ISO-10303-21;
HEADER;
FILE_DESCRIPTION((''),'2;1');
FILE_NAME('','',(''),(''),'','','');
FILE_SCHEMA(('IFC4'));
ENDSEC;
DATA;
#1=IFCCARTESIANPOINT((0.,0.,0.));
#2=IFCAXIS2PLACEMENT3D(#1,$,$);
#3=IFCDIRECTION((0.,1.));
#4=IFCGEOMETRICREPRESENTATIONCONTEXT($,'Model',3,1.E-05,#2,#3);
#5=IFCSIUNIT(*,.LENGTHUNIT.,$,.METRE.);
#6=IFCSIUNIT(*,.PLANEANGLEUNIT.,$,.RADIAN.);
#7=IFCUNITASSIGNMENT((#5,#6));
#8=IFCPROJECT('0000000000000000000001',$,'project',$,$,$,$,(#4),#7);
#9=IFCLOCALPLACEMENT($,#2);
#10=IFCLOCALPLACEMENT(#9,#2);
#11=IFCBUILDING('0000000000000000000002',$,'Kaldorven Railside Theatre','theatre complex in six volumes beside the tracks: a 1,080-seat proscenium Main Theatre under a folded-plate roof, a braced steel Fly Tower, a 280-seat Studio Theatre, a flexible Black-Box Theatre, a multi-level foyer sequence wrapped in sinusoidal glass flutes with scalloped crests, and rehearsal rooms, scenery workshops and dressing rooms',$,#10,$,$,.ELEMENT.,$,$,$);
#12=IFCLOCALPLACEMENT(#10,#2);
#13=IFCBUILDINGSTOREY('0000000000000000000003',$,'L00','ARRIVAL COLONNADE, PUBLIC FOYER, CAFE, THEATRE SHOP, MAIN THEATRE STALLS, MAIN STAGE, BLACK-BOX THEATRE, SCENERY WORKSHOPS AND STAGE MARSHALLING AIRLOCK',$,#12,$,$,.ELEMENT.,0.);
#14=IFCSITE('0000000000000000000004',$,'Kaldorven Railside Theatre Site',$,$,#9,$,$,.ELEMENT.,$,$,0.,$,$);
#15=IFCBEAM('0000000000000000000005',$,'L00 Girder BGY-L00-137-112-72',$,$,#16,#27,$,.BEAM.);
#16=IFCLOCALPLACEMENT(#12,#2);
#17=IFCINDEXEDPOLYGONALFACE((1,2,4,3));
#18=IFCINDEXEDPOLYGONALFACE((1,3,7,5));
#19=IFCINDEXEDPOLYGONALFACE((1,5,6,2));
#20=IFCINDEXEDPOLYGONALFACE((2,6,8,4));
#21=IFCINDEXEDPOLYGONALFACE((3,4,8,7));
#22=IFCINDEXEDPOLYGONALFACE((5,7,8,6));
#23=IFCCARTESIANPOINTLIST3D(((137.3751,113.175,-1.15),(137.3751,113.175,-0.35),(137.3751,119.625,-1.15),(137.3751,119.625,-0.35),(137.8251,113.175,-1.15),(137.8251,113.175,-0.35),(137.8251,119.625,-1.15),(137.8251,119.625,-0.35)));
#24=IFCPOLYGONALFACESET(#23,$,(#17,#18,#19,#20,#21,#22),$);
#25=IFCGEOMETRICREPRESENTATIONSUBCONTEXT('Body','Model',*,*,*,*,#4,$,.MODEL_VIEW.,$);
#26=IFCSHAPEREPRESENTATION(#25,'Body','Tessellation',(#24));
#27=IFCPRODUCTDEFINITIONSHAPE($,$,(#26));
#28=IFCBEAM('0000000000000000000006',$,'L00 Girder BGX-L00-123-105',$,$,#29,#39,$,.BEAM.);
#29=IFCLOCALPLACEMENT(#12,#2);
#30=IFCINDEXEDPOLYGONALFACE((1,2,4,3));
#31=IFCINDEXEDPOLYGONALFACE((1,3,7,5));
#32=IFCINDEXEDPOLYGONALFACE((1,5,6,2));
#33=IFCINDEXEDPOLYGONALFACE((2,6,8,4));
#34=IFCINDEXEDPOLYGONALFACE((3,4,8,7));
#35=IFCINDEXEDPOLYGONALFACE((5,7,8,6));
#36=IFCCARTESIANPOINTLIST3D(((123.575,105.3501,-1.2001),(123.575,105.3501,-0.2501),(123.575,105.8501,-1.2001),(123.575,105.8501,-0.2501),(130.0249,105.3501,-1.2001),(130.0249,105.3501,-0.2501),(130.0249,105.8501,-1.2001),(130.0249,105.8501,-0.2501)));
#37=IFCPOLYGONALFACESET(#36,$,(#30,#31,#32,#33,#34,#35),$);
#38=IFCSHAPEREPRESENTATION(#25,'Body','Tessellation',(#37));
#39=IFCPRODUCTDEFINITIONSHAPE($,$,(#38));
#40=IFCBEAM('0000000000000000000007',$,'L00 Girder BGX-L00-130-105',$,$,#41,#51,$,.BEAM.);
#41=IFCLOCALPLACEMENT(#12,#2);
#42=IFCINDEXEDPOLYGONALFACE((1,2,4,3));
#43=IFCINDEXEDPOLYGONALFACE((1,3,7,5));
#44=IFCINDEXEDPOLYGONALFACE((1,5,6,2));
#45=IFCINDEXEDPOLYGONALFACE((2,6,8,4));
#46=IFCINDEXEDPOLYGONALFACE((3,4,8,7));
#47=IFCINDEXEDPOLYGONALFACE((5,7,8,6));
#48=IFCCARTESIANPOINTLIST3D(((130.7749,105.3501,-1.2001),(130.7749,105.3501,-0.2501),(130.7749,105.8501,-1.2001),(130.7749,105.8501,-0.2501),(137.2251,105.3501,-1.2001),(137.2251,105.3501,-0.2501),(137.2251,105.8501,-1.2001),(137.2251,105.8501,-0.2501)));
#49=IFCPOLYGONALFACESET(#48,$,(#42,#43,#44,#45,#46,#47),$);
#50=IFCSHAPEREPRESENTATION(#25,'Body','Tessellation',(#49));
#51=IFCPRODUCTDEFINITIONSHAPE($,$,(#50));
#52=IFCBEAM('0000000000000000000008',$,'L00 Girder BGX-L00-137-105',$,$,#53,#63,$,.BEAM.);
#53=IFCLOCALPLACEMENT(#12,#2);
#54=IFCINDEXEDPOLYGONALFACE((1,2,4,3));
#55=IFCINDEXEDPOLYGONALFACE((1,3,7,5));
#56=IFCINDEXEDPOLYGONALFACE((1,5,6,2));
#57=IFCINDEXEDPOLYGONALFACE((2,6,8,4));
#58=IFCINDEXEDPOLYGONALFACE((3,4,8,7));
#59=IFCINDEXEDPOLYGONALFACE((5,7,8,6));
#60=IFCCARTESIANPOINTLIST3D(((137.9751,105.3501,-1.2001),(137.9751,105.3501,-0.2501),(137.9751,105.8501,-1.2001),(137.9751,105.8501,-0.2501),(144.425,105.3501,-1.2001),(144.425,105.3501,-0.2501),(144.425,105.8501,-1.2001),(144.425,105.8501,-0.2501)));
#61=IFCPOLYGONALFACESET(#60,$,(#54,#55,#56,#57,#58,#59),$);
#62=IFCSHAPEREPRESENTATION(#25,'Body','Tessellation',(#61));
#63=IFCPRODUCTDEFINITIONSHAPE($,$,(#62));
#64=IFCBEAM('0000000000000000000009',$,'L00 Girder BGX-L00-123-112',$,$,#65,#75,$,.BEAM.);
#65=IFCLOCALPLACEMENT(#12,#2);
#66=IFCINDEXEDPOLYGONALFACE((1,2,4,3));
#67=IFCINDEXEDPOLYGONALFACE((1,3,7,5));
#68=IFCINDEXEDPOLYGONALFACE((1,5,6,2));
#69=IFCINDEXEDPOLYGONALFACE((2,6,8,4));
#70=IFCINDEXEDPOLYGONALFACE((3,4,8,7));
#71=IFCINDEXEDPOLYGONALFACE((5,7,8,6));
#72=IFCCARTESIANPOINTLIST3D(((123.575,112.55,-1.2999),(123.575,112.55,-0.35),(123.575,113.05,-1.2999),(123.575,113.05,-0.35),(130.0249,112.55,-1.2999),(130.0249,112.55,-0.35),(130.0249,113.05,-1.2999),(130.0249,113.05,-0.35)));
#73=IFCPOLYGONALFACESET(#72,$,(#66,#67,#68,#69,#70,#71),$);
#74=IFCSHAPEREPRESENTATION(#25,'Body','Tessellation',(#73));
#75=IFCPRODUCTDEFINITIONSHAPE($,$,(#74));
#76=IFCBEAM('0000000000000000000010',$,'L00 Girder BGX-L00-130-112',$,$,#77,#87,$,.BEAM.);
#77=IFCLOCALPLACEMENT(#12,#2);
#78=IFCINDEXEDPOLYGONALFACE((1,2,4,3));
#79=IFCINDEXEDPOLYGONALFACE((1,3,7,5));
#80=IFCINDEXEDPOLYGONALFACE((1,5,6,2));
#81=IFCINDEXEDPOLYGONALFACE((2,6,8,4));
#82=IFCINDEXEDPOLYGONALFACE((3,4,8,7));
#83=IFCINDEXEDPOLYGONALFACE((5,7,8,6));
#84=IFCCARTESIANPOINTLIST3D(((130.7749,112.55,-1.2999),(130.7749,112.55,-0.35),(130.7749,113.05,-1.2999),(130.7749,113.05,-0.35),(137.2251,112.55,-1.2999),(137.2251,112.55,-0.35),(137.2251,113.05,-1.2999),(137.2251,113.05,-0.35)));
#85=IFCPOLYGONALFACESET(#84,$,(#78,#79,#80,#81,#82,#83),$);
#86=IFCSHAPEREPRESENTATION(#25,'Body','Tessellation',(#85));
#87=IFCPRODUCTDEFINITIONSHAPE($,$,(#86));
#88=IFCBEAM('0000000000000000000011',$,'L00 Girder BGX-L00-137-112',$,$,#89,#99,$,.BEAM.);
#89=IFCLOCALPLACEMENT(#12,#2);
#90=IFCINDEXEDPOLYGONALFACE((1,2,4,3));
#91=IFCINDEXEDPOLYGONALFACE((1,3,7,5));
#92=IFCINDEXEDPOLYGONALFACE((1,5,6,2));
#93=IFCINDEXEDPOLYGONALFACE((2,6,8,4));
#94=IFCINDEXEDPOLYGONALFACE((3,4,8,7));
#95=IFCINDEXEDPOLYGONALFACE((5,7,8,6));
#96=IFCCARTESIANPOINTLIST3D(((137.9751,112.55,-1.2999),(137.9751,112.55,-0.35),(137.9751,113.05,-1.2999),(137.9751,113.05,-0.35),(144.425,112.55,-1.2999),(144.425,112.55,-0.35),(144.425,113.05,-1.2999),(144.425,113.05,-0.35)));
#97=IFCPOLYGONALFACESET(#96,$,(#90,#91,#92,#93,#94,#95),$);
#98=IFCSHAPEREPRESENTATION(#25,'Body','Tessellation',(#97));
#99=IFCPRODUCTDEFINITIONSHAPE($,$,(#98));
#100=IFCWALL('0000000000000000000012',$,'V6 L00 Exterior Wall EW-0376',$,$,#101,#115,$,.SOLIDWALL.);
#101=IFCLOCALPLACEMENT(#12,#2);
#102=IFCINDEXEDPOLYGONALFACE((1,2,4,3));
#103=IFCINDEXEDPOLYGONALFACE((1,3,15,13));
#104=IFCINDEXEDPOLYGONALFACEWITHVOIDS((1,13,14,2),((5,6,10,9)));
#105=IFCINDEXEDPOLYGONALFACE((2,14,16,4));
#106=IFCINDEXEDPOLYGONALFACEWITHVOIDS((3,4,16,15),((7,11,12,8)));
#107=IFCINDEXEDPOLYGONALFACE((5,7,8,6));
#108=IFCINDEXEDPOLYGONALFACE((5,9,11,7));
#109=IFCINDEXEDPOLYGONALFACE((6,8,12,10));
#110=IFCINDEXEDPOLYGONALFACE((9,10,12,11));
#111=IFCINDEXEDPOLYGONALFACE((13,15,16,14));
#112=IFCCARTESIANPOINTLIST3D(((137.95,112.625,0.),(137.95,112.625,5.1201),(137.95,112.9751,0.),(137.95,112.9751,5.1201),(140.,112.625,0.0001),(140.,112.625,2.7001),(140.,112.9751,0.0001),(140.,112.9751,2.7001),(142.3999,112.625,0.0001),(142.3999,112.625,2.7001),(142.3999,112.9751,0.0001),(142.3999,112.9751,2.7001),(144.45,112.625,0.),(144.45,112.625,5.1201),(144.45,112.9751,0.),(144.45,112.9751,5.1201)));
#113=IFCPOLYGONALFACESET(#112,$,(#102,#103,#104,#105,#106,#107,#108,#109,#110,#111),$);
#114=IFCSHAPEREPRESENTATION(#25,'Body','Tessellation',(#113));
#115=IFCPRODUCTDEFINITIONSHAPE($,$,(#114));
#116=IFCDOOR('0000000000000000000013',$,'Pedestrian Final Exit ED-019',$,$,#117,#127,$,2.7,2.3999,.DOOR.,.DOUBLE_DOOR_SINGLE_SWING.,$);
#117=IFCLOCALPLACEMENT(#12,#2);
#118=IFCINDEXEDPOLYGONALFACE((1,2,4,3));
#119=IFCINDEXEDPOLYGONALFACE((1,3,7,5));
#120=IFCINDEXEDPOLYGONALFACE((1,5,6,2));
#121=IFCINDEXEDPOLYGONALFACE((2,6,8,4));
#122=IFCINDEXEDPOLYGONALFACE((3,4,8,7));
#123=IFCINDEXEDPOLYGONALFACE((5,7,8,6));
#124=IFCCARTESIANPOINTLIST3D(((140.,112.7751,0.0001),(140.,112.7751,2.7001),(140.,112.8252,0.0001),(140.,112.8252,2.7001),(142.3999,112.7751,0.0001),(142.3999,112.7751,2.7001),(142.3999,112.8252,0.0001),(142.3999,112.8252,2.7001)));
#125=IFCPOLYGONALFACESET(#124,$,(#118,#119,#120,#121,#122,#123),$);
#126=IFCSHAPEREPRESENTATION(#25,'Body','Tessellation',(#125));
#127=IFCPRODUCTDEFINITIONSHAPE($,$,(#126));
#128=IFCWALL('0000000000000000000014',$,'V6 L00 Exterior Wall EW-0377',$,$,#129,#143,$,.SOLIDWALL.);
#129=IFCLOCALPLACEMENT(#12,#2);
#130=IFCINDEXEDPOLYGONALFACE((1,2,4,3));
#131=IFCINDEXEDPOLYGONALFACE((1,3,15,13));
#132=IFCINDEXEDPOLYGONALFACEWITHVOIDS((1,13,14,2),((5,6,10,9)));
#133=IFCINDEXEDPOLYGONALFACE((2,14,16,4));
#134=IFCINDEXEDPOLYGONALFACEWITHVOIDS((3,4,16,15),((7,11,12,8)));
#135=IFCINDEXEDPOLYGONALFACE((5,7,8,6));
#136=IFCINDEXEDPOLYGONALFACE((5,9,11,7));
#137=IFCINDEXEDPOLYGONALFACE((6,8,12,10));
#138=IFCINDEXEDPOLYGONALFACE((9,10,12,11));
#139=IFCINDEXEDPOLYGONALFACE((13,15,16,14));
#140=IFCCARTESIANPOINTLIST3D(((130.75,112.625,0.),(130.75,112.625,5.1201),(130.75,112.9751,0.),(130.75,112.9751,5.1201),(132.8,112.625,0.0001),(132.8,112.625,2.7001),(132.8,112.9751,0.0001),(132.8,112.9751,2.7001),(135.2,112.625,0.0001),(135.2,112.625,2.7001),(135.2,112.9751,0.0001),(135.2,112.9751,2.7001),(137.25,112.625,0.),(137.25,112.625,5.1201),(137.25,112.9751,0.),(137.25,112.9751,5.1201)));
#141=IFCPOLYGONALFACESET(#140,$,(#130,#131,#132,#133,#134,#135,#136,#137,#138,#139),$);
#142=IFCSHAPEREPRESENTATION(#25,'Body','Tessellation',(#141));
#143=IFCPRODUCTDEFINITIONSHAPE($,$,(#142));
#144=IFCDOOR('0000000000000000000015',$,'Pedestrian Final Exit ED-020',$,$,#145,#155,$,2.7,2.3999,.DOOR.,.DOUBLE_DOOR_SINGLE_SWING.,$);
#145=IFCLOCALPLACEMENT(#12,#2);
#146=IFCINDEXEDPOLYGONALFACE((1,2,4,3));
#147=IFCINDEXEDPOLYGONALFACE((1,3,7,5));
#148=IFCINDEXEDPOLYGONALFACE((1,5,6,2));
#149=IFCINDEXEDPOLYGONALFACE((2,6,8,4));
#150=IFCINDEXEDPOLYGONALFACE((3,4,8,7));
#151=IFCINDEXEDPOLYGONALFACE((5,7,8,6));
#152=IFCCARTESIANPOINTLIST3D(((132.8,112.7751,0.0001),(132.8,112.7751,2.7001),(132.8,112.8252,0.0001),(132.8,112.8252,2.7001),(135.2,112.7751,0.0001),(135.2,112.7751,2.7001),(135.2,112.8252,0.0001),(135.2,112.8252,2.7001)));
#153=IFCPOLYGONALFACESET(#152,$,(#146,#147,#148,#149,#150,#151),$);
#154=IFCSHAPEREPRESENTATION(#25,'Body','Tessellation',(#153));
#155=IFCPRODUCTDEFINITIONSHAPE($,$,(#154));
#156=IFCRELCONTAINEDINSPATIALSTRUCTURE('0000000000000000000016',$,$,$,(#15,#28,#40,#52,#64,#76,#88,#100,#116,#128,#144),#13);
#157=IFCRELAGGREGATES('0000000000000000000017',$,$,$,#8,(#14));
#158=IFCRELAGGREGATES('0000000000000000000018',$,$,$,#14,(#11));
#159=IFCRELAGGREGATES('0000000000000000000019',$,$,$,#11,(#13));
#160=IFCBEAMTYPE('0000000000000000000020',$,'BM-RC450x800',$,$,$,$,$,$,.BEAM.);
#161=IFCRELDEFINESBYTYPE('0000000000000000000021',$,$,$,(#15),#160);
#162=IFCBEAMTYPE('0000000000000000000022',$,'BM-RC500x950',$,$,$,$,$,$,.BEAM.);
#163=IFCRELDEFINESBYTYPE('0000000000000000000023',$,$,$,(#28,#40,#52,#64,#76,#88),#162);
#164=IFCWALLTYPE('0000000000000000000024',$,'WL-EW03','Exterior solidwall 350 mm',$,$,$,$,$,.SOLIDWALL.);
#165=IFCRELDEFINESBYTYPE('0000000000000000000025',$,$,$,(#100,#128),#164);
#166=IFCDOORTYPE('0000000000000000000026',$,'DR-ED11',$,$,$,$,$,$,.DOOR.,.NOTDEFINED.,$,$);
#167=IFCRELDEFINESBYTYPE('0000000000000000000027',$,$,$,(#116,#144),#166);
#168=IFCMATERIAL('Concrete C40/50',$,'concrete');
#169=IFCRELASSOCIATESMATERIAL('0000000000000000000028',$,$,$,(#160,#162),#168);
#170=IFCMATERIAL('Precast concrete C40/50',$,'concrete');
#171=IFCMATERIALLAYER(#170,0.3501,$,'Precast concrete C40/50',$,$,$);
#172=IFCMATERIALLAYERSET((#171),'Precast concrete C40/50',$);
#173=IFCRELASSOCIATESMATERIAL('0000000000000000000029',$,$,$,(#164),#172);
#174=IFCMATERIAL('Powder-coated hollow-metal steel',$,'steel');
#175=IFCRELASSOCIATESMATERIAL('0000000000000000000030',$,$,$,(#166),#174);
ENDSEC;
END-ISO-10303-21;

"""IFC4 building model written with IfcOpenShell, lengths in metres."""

from ifc_helpers import new_model, si_unit, direction, frame, frame_2d, origin, origin_2d, place, context, subcontext, project, spatial, rectangle, extrude, material, layer, layer_set, material_profile, profile_set, type_object, element, fill, save


model = new_model("IFC4")

# Units and contexts
model_context = context("Model", 3, precision=1e-05, world=origin(), true_north=direction((0.0, 1.0)))
body_context = subcontext(model_context, "Body", "Model", "MODEL_VIEW")
ifc_project = project(units=[si_unit("LENGTHUNIT", "METRE"), si_unit("PLANEANGLEUNIT", "RADIAN")], contexts=[model_context])

# Site, building, storey
site_placement = place(None, origin())
site = spatial("IfcSite", under=ifc_project, at=site_placement, Name="Kaldorven Railside Theatre Site", CompositionType="ELEMENT", RefElevation=0.0)
building_placement = place(site_placement, origin())
building = spatial("IfcBuilding", under=site, at=building_placement, Name="Kaldorven Railside Theatre", Description="theatre complex in six volumes beside the tracks: a 1,080-seat proscenium Main Theatre under a folded-plate roof, a braced steel Fly Tower, a 280-seat Studio Theatre, a flexible Black-Box Theatre, a multi-level foyer sequence wrapped in sinusoidal glass flutes with scalloped crests, and rehearsal rooms, scenery workshops and dressing rooms", CompositionType="ELEMENT")
storey_placement = place(building_placement, origin())
storey = spatial("IfcBuildingStorey", under=building, at=storey_placement, Name="L00", Description="ARRIVAL COLONNADE, PUBLIC FOYER, CAFE, THEATRE SHOP, MAIN THEATRE STALLS, MAIN STAGE, BLACK-BOX THEATRE, SCENERY WORKSHOPS AND STAGE MARSHALLING AIRLOCK", CompositionType="ELEMENT", Elevation=0.0)

# Shared definitions
ifc_material_1 = material(Name="Concrete C40/50", Category="concrete")

# Beams
ifc_material_profile_1 = material_profile(ifc_material_1, rectangle(XDim=0.45, YDim=0.8, at=origin_2d()), Name="RC 450x800")
ifc_profile_set_1 = profile_set([ifc_material_profile_1], Name="Concrete C40/50")
beam_type_1 = type_object("IfcBeamType", Name="BM-RC450x800", PredefinedType="BEAM", material=ifc_profile_set_1)
for number, where, z_axis, x_axis, name in (
    (1, (137.6001, 113.175, -0.75), (0.0, 1.0, 0.0), (-1.0, 0.0, 0.0), "L00 Girder BGY-L00-137-112-72"),
):
    element("IfcBeam", number, at=place(storey_placement, frame(where, z_axis=z_axis, x_axis=x_axis)), inside=storey, type_object=beam_type_1, Name=name, PredefinedType="BEAM", context=body_context, shape_type="SweptSolid", body=[
        extrude(rectangle(XDim=0.45, YDim=0.8, at=origin_2d()), origin(), (0.0, 0.0, 1.0), 6.45),
    ])
ifc_material_profile_2 = material_profile(ifc_material_1, rectangle(XDim=0.5, YDim=0.95, at=origin_2d()), Name="RC 500x950")
ifc_profile_set_2 = profile_set([ifc_material_profile_2], Name="Concrete C40/50")
beam_type_2 = type_object("IfcBeamType", Name="BM-RC500x950", PredefinedType="BEAM", material=ifc_profile_set_2)
beam_1_placement = place(storey_placement, frame((123.575, 105.6001, -0.7251), z_axis=(1.0, 0.0, 0.0), x_axis=(0.0, 1.0, 0.0)))
element("IfcBeam", 2, at=beam_1_placement, inside=storey, type_object=beam_type_2, Name="L00 Girder BGX-L00-123-105", PredefinedType="BEAM", context=body_context, shape_type="SweptSolid", body=[
    extrude(rectangle(XDim=0.5, YDim=0.95, at=origin_2d()), origin(), (0.0, 0.0, 1.0), 6.45),
])
beam_2_placement = place(storey_placement, frame((130.7749, 105.6001, -0.7251), z_axis=(1.0, 0.0, 0.0), x_axis=(0.0, 1.0, 0.0)))
element("IfcBeam", 3, at=beam_2_placement, inside=storey, type_object=beam_type_2, Name="L00 Girder BGX-L00-130-105", PredefinedType="BEAM", context=body_context, shape_type="SweptSolid", body=[
    extrude(rectangle(XDim=0.5, YDim=0.95, at=origin_2d()), origin(), (0.0, 0.0, 1.0), 6.4502),
])
for number, where, z_axis, x_axis, name in (
    (4, (137.9751, 105.6001, -0.7251), (1.0, 0.0, 0.0), (0.0, 1.0, 0.0), "L00 Girder BGX-L00-137-105"),
    (5, (123.575, 112.8, -0.825), (1.0, 0.0, 0.0), (0.0, 1.0, 0.0), "L00 Girder BGX-L00-123-112"),
):
    element("IfcBeam", number, at=place(storey_placement, frame(where, z_axis=z_axis, x_axis=x_axis)), inside=storey, type_object=beam_type_2, Name=name, PredefinedType="BEAM", context=body_context, shape_type="SweptSolid", body=[
        extrude(rectangle(XDim=0.5, YDim=0.95, at=origin_2d()), origin(), (0.0, 0.0, 1.0), 6.45),
    ])
beam_3_placement = place(storey_placement, frame((130.7749, 112.8, -0.825), z_axis=(1.0, 0.0, 0.0), x_axis=(0.0, 1.0, 0.0)))
element("IfcBeam", 6, at=beam_3_placement, inside=storey, type_object=beam_type_2, Name="L00 Girder BGX-L00-130-112", PredefinedType="BEAM", context=body_context, shape_type="SweptSolid", body=[
    extrude(rectangle(XDim=0.5, YDim=0.95, at=origin_2d()), origin(), (0.0, 0.0, 1.0), 6.4502),
])
beam_4_placement = place(storey_placement, frame((137.9751, 112.8, -0.825), z_axis=(1.0, 0.0, 0.0), x_axis=(0.0, 1.0, 0.0)))
element("IfcBeam", 7, at=beam_4_placement, inside=storey, type_object=beam_type_2, Name="L00 Girder BGX-L00-137-112", PredefinedType="BEAM", context=body_context, shape_type="SweptSolid", body=[
    extrude(rectangle(XDim=0.5, YDim=0.95, at=origin_2d()), origin(), (0.0, 0.0, 1.0), 6.45),
])

# Walls, openings, doors
ifc_material_2 = material(Name="Precast concrete C40/50", Category="concrete")
ifc_layer_1 = layer(ifc_material_2, 0.3501, Name="Precast concrete C40/50")
ifc_layer_set_1 = layer_set([ifc_layer_1], Name="Precast concrete C40/50")
wall_type_1 = type_object("IfcWallType", Name="WL-EW03", Description="Exterior solidwall 350 mm", PredefinedType="SOLIDWALL", material=ifc_layer_set_1)
wall_1_placement = place(storey_placement, frame((144.45, 112.8, 0.0), z_axis=(0.0, 0.0, 1.0), x_axis=(-1.0, 0.0, 0.0)))
wall_1 = element("IfcWall", 8, at=wall_1_placement, inside=storey, type_object=wall_type_1, Name="V6 L00 Exterior Wall EW-0376", PredefinedType="SOLIDWALL", context=body_context, shape_type="SweptSolid", body=[
    extrude(rectangle(XDim=6.5, YDim=0.3501, at=frame_2d((3.25, 0.0))), origin(), (0.0, 0.0, 1.0), 5.1201),
])
opening_1_placement = place(wall_1_placement, frame((2.05, 0.0, 0.0)))
opening_1 = element("IfcOpeningElement", 9, at=opening_1_placement, cuts=wall_1, PredefinedType="OPENING", context=body_context, shape_type="SweptSolid", body=[
    extrude(rectangle(XDim=2.3999, YDim=2.7, at=frame_2d((1.2, 1.3501))), frame((0.0, 0.1851, 0.0), z_axis=(0.0, -1.0, 0.0), x_axis=(1.0, 0.0, 0.0)), (0.0, 0.0, 1.0), 0.3701),
])
ifc_material_3 = material(Name="Powder-coated hollow-metal steel", Category="steel")
door_type_1 = type_object("IfcDoorType", Name="DR-ED11", OperationType="NOTDEFINED", PredefinedType="DOOR", material=ifc_material_3)
door_1_placement = place(opening_1_placement, origin())
door_1 = element("IfcDoor", 10, at=door_1_placement, inside=storey, type_object=door_type_1, Name="Pedestrian Final Exit ED-019", OperationType="DOUBLE_DOOR_SINGLE_SWING", OverallHeight=2.7, OverallWidth=2.3999, PredefinedType="DOOR", context=body_context, shape_type="SweptSolid", body=[
    extrude(rectangle(XDim=2.3999, YDim=2.7, at=frame_2d((1.2, 1.3501))), frame((0.0, 0.0249, 0.0), z_axis=(0.0, -1.0, 0.0), x_axis=(1.0, 0.0, 0.0)), (0.0, 0.0, 1.0), 0.05),
])
fill(opening_1, door_1)
wall_2_placement = place(storey_placement, frame((137.25, 112.8, 0.0), z_axis=(0.0, 0.0, 1.0), x_axis=(-1.0, 0.0, 0.0)))
wall_2 = element("IfcWall", 11, at=wall_2_placement, inside=storey, type_object=wall_type_1, Name="V6 L00 Exterior Wall EW-0377", PredefinedType="SOLIDWALL", context=body_context, shape_type="SweptSolid", body=[
    extrude(rectangle(XDim=6.5, YDim=0.3501, at=frame_2d((3.25, 0.0))), origin(), (0.0, 0.0, 1.0), 5.1201),
])
opening_2_placement = place(wall_2_placement, frame((2.05, 0.0, 0.0)))
opening_2 = element("IfcOpeningElement", 12, at=opening_2_placement, cuts=wall_2, PredefinedType="OPENING", context=body_context, shape_type="SweptSolid", body=[
    extrude(rectangle(XDim=2.3999, YDim=2.7, at=frame_2d((1.2, 1.3501))), frame((0.0, 0.1851, 0.0), z_axis=(0.0, -1.0, 0.0), x_axis=(1.0, 0.0, 0.0)), (0.0, 0.0, 1.0), 0.3701),
])
door_2_placement = place(opening_2_placement, origin())
door_2 = element("IfcDoor", 13, at=door_2_placement, inside=storey, type_object=door_type_1, Name="Pedestrian Final Exit ED-020", OperationType="DOUBLE_DOOR_SINGLE_SWING", OverallHeight=2.7, OverallWidth=2.3999, PredefinedType="DOOR", context=body_context, shape_type="SweptSolid", body=[
    extrude(rectangle(XDim=2.3999, YDim=2.7, at=frame_2d((1.2, 1.3501))), frame((0.0, 0.0249, 0.0), z_axis=(0.0, -1.0, 0.0), x_axis=(1.0, 0.0, 0.0)), (0.0, 0.0, 1.0), 0.05),
])
fill(opening_2, door_2)

save(model, "model.ifc")
